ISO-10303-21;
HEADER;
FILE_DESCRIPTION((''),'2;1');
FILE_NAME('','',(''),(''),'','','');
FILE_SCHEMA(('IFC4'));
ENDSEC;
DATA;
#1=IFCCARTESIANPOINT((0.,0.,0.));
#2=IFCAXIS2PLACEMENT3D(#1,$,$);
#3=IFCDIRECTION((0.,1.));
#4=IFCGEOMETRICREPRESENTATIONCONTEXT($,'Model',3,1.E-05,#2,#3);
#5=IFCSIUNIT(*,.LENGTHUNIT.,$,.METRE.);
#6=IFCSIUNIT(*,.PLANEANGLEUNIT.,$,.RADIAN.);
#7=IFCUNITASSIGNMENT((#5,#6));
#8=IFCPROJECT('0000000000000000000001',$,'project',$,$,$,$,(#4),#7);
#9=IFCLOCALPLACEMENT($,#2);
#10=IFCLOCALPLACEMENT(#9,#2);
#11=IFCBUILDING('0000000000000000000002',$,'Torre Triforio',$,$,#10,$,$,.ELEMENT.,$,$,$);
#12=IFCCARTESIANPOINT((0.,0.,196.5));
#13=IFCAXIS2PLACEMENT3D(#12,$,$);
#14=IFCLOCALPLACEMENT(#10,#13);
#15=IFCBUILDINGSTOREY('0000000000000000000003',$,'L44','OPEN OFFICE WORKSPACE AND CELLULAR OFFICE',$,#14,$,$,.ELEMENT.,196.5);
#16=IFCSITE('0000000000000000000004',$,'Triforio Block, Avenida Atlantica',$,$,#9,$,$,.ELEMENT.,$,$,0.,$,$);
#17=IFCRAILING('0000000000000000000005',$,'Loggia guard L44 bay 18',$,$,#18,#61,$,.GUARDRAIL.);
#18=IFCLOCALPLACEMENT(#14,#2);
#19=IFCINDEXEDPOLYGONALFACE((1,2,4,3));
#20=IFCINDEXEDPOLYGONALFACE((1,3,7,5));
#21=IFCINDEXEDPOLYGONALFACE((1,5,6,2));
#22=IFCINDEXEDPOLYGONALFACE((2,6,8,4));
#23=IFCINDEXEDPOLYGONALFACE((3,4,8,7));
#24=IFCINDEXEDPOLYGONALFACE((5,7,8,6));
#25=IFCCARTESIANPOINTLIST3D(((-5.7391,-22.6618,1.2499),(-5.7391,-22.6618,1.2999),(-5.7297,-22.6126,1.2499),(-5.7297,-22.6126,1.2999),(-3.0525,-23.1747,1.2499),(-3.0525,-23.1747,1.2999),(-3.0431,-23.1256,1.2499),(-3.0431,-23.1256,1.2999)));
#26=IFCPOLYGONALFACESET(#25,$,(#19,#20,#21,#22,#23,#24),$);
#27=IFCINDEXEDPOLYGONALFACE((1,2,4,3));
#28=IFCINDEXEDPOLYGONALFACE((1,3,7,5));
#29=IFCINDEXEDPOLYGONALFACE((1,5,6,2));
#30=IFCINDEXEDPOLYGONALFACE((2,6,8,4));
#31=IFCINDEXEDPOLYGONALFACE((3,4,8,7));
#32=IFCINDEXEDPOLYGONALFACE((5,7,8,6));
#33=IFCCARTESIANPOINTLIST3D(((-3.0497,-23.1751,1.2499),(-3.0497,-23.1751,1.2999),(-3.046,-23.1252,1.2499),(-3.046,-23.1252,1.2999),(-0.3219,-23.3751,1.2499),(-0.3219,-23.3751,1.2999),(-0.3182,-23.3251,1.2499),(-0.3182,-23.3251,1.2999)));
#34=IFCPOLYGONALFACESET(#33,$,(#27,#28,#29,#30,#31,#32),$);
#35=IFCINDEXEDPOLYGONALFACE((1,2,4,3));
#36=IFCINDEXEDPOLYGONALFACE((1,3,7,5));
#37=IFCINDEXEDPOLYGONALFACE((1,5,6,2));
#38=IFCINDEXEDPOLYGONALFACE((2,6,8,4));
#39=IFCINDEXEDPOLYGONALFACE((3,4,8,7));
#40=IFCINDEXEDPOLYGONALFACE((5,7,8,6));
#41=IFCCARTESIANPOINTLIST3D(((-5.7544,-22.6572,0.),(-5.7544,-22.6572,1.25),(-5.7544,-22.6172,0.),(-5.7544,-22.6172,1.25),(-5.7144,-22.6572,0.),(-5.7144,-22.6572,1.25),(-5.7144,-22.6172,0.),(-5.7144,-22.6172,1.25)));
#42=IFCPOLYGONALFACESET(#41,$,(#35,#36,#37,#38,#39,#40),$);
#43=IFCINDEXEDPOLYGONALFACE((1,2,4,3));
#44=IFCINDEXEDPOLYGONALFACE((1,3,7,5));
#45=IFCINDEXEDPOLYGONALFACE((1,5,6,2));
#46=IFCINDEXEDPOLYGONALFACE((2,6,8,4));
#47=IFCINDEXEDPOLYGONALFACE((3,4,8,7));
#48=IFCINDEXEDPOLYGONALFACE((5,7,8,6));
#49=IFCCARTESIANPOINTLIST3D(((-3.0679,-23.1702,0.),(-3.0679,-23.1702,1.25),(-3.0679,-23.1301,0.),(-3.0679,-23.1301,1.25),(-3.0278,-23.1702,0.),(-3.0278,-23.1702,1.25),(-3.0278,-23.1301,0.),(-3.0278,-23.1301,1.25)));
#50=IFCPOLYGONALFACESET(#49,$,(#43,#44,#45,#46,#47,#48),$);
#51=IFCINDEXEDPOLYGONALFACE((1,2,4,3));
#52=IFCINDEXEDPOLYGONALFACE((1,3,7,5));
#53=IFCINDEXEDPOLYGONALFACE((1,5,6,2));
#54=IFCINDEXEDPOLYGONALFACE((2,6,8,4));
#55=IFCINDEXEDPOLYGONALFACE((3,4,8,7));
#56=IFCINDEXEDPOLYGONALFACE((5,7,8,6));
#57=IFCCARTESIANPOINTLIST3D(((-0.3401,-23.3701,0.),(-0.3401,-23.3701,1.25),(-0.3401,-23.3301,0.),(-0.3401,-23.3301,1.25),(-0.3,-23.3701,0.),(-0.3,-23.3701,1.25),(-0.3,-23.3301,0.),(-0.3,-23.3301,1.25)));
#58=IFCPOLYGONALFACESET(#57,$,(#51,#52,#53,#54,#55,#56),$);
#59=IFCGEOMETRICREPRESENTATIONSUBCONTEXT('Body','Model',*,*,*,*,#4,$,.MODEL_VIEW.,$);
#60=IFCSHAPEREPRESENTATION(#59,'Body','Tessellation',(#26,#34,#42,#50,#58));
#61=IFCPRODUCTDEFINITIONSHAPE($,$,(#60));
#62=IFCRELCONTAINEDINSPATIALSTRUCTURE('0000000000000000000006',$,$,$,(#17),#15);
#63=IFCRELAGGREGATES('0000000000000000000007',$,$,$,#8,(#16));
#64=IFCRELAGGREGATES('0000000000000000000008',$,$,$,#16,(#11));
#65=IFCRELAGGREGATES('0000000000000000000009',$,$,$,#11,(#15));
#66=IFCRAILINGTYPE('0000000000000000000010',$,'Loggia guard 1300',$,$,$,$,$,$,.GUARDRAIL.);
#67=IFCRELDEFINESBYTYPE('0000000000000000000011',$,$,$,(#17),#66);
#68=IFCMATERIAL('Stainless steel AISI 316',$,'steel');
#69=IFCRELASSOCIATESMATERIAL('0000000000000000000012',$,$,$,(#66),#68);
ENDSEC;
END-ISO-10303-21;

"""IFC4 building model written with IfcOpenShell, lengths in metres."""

from ifc_helpers import new_model, si_unit, direction, frame, origin, origin_2d, place, context, subcontext, project, spatial, rectangle, extrude, material, type_object, element, save


model = new_model("IFC4")

# Units and contexts
model_context = context("Model", 3, precision=1e-05, world=origin(), true_north=direction((0.0, 1.0)))
body_context = subcontext(model_context, "Body", "Model", "MODEL_VIEW")
ifc_project = project(units=[si_unit("LENGTHUNIT", "METRE"), si_unit("PLANEANGLEUNIT", "RADIAN")], contexts=[model_context])

# Site, building, storey
site_placement = place(None, origin())
site = spatial("IfcSite", under=ifc_project, at=site_placement, Name="Triforio Block, Avenida Atlantica", CompositionType="ELEMENT", RefElevation=0.0)
building_placement = place(site_placement, origin())
building = spatial("IfcBuilding", under=site, at=building_placement, Name="Torre Triforio", CompositionType="ELEMENT")
storey_placement = place(building_placement, frame((0.0, 0.0, 196.5)))
storey = spatial("IfcBuildingStorey", under=building, at=storey_placement, Name="L44", Description="OPEN OFFICE WORKSPACE AND CELLULAR OFFICE", CompositionType="ELEMENT", Elevation=196.5)

# Railing
ifc_material_1 = material(Name="Stainless steel AISI 316", Category="steel")
railing_type = type_object("IfcRailingType", Name="Loggia guard 1300", PredefinedType="GUARDRAIL", material=ifc_material_1)
railing_placement = place(storey_placement, frame((-5.7344, -22.6372, 0.0)))
element("IfcRailing", 1, at=railing_placement, inside=storey, type_object=railing_type, Name="Loggia guard L44 bay 18", PredefinedType="GUARDRAIL", context=body_context, shape_type="SweptSolid", body=[
    extrude(rectangle(XDim=0.05, YDim=0.05, at=origin_2d()), frame((0.0, 0.0, 1.2749), z_axis=(0.982256, -0.187543, 0.0), x_axis=(0.187543, 0.982256, 0.0)), (0.0, 0.0, 1.0), 2.7351),
    extrude(rectangle(XDim=0.05, YDim=0.05, at=origin_2d()), frame((2.6865, -0.5129, 1.2749), z_axis=(0.997324, -0.073106, 0.0), x_axis=(0.073106, 0.997324, 0.0)), (0.0, 0.0, 1.0), 2.7351),
    extrude(rectangle(XDim=0.04, YDim=0.04, at=origin_2d()), origin(), (0.0, 0.0, 1.0), 1.25),
    extrude(rectangle(XDim=0.04, YDim=0.04, at=origin_2d()), frame((2.6865, -0.5129, 0.0)), (0.0, 0.0, 1.0), 1.25),
    extrude(rectangle(XDim=0.04, YDim=0.04, at=origin_2d()), frame((5.4143, -0.7129, 0.0)), (0.0, 0.0, 1.0), 1.25),
])

save(model, "model.ifc")
